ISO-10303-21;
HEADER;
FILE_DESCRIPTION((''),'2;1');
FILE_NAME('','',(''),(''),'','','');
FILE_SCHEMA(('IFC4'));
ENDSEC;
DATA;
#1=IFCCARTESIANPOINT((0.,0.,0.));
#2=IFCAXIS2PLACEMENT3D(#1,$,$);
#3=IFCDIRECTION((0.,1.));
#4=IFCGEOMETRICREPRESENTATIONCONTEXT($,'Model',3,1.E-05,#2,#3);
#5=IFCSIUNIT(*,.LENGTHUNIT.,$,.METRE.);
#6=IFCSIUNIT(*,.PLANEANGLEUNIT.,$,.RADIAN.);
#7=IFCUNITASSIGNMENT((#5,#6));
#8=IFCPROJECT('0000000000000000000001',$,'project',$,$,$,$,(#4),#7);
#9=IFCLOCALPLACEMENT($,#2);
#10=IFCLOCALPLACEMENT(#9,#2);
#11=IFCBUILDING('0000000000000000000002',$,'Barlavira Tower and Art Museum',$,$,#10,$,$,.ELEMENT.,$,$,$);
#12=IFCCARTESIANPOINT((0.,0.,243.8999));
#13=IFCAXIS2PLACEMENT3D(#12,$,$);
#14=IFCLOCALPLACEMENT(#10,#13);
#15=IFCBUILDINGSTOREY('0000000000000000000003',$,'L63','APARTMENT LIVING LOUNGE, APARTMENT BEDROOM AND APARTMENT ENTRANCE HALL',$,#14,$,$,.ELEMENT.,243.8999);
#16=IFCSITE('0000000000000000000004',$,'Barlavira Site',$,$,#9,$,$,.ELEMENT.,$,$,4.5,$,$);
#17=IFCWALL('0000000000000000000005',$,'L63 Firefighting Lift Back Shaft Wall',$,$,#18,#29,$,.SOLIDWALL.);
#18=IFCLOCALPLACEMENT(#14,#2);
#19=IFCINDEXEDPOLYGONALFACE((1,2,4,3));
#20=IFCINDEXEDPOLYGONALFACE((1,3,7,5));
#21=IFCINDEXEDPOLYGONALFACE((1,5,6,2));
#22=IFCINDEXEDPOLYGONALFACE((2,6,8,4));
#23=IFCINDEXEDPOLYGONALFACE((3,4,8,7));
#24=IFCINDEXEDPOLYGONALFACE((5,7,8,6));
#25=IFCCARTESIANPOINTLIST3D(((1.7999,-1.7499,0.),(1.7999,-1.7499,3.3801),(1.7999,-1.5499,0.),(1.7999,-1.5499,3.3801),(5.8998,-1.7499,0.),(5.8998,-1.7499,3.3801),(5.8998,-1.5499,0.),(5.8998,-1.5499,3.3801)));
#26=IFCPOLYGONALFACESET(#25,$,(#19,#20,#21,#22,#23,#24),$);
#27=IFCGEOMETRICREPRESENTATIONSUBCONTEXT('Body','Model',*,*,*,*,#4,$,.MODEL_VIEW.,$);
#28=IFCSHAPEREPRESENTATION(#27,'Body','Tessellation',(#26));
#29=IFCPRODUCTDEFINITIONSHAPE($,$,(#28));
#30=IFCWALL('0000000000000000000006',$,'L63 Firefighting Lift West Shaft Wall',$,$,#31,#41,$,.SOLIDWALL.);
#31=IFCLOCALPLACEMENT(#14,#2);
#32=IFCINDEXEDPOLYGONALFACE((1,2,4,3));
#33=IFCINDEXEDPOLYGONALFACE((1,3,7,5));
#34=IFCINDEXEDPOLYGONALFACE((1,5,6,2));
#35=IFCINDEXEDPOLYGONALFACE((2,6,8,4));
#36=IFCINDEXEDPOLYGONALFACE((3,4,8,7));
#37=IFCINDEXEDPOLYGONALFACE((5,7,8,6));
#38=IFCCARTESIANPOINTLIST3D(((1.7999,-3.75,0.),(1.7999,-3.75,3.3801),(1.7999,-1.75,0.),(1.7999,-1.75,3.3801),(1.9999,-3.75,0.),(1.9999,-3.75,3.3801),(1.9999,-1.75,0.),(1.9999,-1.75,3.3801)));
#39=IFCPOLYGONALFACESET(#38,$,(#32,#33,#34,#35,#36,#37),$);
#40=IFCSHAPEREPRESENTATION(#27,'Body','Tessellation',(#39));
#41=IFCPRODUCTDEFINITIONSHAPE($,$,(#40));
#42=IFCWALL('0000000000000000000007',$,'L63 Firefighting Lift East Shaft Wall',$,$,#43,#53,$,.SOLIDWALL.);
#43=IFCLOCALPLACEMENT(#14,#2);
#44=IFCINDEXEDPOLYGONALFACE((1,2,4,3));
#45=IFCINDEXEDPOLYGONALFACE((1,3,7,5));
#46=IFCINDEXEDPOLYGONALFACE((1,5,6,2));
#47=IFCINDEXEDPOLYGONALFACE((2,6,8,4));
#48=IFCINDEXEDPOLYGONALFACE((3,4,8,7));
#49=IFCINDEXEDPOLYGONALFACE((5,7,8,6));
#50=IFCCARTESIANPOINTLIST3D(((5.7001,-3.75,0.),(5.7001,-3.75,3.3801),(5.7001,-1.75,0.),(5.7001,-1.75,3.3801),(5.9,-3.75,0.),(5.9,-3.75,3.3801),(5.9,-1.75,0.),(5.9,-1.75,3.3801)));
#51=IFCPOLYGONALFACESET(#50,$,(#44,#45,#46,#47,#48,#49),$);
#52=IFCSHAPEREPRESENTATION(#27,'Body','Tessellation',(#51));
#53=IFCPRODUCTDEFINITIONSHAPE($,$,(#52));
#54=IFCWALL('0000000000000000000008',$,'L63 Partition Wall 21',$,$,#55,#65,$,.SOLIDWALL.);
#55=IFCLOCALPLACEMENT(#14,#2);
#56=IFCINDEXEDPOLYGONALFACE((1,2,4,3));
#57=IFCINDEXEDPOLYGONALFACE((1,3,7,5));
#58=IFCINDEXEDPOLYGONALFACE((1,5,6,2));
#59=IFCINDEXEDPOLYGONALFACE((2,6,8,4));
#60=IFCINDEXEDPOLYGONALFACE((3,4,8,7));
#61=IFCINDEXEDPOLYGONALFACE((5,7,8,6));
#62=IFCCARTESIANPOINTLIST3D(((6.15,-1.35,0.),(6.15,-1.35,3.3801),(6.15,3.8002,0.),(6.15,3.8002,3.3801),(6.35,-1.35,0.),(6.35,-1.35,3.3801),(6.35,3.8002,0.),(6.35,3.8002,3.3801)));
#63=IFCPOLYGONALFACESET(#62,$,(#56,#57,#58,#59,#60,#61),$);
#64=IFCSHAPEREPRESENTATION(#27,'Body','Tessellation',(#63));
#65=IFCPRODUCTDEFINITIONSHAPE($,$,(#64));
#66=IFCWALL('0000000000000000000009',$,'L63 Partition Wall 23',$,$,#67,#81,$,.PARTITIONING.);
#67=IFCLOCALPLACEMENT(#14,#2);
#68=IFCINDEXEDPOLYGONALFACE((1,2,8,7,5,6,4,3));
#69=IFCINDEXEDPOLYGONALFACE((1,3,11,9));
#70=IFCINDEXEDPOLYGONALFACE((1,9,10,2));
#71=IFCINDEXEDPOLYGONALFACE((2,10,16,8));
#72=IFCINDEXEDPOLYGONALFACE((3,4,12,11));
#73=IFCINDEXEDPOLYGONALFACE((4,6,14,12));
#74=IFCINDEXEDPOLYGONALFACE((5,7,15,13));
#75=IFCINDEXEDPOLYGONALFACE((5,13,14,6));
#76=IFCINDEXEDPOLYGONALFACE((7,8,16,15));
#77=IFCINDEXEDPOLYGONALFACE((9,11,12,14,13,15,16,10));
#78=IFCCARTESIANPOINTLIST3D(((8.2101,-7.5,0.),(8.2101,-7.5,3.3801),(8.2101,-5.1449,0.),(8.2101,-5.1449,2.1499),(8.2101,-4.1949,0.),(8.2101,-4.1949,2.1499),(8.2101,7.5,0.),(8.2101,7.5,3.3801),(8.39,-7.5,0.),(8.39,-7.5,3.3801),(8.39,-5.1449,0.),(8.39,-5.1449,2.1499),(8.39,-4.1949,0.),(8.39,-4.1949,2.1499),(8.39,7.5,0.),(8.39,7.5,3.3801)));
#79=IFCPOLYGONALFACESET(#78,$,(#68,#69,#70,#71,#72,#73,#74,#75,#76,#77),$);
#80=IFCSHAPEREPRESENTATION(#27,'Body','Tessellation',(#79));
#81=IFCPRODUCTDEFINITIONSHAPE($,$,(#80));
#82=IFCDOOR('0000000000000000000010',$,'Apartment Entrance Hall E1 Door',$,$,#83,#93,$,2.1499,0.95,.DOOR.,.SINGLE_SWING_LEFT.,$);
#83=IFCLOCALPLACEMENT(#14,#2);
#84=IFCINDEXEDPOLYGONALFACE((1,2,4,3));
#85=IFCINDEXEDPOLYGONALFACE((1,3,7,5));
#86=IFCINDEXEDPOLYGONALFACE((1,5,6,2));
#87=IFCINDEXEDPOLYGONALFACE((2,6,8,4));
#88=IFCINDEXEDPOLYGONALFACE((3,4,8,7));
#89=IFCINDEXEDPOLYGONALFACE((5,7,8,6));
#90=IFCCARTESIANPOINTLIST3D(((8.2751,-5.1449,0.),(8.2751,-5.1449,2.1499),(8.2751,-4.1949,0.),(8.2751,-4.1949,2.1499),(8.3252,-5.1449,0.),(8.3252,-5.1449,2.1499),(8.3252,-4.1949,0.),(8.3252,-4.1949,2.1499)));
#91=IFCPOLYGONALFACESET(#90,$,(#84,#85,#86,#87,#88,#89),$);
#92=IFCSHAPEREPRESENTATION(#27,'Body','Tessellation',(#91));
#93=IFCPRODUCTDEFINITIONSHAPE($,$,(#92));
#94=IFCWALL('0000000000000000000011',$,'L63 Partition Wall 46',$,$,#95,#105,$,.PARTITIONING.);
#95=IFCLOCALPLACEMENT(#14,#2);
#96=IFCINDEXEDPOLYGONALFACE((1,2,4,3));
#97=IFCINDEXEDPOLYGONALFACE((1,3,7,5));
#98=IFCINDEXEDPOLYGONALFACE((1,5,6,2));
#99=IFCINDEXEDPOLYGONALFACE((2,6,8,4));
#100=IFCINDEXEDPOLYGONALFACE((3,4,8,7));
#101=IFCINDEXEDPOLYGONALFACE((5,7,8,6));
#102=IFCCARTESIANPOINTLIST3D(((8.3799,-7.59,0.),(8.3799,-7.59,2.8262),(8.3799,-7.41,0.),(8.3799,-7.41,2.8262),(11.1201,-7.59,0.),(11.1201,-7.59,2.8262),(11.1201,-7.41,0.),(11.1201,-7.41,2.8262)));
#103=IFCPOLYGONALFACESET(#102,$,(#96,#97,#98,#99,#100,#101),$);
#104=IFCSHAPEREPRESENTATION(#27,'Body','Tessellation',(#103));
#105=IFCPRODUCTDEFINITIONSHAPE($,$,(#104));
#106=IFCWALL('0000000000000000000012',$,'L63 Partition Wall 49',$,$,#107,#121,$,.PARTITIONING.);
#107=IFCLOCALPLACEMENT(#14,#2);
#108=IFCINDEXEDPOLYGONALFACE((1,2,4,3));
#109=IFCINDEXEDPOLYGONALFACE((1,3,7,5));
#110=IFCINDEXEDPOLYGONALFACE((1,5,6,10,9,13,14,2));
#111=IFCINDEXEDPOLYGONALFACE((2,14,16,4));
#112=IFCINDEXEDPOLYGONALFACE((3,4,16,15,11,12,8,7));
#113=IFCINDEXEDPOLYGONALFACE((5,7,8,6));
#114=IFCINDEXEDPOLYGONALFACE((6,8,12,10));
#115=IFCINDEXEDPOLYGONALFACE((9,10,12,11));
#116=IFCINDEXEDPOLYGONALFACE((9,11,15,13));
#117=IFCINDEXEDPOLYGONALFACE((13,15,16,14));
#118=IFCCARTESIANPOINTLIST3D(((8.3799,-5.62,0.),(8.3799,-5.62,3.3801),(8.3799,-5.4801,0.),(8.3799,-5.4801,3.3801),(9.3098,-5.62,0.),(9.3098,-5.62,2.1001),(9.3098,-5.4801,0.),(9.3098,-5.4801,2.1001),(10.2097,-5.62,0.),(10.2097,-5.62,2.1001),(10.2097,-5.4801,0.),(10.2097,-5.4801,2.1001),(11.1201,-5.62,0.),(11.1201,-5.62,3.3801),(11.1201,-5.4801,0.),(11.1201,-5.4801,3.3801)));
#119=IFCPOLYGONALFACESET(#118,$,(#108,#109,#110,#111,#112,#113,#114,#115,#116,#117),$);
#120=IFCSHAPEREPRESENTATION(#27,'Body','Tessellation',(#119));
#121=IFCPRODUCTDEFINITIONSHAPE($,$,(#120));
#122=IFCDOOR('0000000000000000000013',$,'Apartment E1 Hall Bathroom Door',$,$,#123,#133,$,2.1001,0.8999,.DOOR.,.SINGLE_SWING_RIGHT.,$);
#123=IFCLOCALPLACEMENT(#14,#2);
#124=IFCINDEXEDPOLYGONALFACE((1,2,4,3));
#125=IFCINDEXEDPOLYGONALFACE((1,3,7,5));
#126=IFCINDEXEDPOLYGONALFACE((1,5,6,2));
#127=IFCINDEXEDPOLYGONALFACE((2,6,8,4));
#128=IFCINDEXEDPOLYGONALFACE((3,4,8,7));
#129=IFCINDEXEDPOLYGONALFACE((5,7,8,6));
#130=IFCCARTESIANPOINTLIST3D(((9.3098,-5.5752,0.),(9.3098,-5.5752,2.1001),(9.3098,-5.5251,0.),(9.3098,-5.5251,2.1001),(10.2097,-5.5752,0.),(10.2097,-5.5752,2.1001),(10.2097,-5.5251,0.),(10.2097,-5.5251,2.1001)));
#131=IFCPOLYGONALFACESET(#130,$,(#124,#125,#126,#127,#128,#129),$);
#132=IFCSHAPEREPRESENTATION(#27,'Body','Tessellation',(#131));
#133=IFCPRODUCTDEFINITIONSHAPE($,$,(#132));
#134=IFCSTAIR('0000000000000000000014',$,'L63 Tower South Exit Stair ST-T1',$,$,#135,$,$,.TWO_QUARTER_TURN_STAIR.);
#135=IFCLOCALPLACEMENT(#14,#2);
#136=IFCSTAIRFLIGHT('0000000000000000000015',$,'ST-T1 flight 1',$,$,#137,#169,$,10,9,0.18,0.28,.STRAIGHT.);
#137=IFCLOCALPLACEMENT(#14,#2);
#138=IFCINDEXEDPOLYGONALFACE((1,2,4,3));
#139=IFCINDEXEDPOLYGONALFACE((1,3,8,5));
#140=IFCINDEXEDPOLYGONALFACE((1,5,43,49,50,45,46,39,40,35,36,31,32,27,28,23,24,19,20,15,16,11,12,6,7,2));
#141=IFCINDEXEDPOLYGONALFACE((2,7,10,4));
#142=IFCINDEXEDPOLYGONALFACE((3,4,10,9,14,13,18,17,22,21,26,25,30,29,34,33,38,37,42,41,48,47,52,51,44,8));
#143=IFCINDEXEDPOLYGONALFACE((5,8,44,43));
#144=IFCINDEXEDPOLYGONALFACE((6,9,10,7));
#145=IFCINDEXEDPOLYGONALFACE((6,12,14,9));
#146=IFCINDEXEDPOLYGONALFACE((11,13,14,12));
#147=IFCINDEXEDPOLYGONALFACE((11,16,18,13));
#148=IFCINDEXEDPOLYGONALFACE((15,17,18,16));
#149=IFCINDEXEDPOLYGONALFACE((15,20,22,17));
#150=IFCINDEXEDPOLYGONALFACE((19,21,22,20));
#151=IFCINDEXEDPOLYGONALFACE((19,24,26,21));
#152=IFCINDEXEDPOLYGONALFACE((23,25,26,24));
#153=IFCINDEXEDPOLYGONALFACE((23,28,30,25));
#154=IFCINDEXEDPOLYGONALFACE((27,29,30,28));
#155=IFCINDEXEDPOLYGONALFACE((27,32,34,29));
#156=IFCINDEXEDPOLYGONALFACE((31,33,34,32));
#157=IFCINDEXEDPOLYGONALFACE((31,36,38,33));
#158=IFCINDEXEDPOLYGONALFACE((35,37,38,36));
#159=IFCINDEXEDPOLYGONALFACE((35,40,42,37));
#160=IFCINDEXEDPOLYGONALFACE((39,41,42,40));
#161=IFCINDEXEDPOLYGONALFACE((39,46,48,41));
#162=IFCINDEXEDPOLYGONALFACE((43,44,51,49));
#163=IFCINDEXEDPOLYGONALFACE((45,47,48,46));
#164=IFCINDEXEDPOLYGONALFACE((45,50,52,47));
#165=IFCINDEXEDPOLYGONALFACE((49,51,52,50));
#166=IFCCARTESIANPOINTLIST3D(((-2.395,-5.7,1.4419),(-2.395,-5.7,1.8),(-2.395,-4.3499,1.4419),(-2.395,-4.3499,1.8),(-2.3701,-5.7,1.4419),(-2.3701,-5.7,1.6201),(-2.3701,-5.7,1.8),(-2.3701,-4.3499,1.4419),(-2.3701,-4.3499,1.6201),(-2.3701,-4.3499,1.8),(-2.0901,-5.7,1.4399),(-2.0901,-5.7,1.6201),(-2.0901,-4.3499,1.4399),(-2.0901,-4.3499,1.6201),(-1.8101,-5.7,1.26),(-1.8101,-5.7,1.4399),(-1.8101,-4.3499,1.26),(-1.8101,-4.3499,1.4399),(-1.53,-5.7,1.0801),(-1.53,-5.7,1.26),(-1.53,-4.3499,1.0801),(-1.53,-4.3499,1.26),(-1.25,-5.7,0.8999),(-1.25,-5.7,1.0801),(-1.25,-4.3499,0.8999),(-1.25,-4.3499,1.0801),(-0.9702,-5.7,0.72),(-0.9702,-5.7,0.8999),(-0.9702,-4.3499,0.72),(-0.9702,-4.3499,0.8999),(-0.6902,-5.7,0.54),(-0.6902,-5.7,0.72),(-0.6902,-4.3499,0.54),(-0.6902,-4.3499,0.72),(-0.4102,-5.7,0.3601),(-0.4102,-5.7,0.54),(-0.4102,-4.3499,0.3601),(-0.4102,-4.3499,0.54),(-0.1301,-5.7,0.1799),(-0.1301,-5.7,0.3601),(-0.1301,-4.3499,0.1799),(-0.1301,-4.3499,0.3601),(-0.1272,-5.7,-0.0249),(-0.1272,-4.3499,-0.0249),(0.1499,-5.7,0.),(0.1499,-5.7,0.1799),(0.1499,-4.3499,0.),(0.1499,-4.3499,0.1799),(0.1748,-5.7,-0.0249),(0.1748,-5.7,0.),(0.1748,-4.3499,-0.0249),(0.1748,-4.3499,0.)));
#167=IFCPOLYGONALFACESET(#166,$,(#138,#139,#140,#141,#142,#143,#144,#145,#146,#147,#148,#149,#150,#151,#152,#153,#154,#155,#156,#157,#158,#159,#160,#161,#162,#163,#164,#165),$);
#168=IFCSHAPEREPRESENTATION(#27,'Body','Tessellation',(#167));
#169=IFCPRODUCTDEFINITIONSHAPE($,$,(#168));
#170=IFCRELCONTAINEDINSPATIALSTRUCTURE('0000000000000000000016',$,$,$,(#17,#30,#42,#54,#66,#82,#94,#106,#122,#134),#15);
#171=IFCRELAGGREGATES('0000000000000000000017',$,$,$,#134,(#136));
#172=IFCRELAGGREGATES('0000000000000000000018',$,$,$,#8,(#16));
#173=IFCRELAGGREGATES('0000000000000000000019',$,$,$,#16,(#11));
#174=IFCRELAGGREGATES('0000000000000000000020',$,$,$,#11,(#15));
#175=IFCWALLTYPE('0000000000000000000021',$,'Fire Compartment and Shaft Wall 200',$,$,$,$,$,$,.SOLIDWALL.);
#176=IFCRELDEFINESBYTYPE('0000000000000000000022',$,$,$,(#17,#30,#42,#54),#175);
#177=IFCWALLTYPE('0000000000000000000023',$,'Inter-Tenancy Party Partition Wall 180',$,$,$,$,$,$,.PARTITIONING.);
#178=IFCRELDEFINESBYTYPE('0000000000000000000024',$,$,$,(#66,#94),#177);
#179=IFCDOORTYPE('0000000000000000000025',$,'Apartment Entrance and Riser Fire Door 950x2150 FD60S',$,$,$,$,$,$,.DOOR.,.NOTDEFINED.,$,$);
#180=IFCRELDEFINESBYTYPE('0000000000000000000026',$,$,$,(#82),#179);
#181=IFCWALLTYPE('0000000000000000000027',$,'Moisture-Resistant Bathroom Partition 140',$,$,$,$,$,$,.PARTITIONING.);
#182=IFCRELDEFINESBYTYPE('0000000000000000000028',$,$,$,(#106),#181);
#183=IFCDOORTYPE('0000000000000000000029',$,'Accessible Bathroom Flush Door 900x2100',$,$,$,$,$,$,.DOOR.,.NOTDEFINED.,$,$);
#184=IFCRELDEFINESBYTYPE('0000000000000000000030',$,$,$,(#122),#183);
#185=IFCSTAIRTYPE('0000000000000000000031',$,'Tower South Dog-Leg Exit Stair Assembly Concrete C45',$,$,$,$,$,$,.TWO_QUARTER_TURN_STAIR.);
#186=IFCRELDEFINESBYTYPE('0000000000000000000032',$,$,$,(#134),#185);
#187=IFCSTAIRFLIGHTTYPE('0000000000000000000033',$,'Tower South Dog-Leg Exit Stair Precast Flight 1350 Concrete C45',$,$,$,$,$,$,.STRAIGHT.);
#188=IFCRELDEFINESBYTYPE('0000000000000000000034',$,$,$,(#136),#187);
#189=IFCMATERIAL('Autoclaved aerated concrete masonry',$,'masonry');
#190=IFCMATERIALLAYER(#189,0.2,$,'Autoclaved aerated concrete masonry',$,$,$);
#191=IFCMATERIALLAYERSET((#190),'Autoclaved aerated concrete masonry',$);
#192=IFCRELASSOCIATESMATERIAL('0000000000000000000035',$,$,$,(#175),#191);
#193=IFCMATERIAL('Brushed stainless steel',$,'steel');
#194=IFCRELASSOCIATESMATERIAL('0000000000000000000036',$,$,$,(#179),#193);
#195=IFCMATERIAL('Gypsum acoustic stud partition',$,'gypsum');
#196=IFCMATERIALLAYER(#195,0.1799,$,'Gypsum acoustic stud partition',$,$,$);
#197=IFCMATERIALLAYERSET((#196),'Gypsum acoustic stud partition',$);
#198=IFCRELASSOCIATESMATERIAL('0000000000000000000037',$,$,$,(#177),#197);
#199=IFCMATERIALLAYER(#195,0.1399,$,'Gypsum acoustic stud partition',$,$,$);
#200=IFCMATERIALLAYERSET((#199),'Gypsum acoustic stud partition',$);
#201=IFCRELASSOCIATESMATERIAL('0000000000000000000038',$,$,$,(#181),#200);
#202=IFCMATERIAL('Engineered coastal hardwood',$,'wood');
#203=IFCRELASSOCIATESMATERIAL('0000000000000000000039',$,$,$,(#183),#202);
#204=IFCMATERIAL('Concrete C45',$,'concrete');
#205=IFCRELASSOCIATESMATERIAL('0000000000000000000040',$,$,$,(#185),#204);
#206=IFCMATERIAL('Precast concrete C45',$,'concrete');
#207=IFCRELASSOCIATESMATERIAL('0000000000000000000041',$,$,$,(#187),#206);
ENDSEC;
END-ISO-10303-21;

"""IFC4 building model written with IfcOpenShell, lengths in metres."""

from ifc_helpers import new_model, si_unit, direction, frame, frame_2d, origin, place, context, subcontext, project, spatial, polyline, rectangle, outline, extrude, material, layer, layer_set, type_object, element, fill, aggregate, save


model = new_model("IFC4")

# Units and contexts
model_context = context("Model", 3, precision=1e-05, world=origin(), true_north=direction((0.0, 1.0)))
body_context = subcontext(model_context, "Body", "Model", "MODEL_VIEW")
ifc_project = project(units=[si_unit("LENGTHUNIT", "METRE"), si_unit("PLANEANGLEUNIT", "RADIAN")], contexts=[model_context])

# Site, building, storey
site_placement = place(None, origin())
site = spatial("IfcSite", under=ifc_project, at=site_placement, Name="Barlavira Site", CompositionType="ELEMENT", RefElevation=4.5)
building_placement = place(site_placement, origin())
building = spatial("IfcBuilding", under=site, at=building_placement, Name="Barlavira Tower and Art Museum", CompositionType="ELEMENT")
storey_placement = place(building_placement, frame((0.0, 0.0, 243.8999)))
storey = spatial("IfcBuildingStorey", under=building, at=storey_placement, Name="L63", Description="APARTMENT LIVING LOUNGE, APARTMENT BEDROOM AND APARTMENT ENTRANCE HALL", CompositionType="ELEMENT", Elevation=243.8999)

# Shared definitions
ifc_material_1 = material(Name="Brushed stainless steel", Category="steel")

# Shared definitions
ifc_material_2 = material(Name="Autoclaved aerated concrete masonry", Category="masonry")
ifc_layer_1 = layer(ifc_material_2, 0.2, Name="Autoclaved aerated concrete masonry")
ifc_layer_set_1 = layer_set([ifc_layer_1], Name="Autoclaved aerated concrete masonry")
wall_type_1 = type_object("IfcWallType", Name="Fire Compartment and Shaft Wall 200", PredefinedType="SOLIDWALL", material=ifc_layer_set_1)

# Walls
wall_1_placement = place(storey_placement, frame((1.8, -1.6499, 0.0), z_axis=(0.0, 0.0, 1.0), x_axis=(1.0, 0.0, 0.0)))
element("IfcWall", 1, at=wall_1_placement, inside=storey, type_object=wall_type_1, Name="L63 Firefighting Lift Back Shaft Wall", PredefinedType="SOLIDWALL", context=body_context, shape_type="SweptSolid", body=[
    extrude(rectangle(XDim=4.0999, YDim=0.2, at=frame_2d((2.0498, 0.0))), origin(), (0.0, 0.0, 1.0), 3.3801),
])
for number, where, z_axis, x_axis, name in (
    (2, (1.8999, -3.75, 0.0), (0.0, 0.0, 1.0), (0.0, 1.0, 0.0), "L63 Firefighting Lift West Shaft Wall"),
    (3, (5.8, -3.75, 0.0), (0.0, 0.0, 1.0), (0.0, 1.0, 0.0), "L63 Firefighting Lift East Shaft Wall"),
):
    element("IfcWall", number, at=place(storey_placement, frame(where, z_axis=z_axis, x_axis=x_axis)), inside=storey, type_object=wall_type_1, Name=name, PredefinedType="SOLIDWALL", context=body_context, shape_type="SweptSolid", body=[
        extrude(rectangle(XDim=2.0, YDim=0.2, at=frame_2d((1.0, 0.0))), origin(), (0.0, 0.0, 1.0), 3.3801),
    ])

# Shared definitions
door_type_1 = type_object("IfcDoorType", Name="Apartment Entrance and Riser Fire Door 950x2150 FD60S", OperationType="NOTDEFINED", PredefinedType="DOOR", material=ifc_material_1)

# Wall
wall_2_placement = place(storey_placement, frame((6.25, -1.3501, 0.0), z_axis=(0.0, 0.0, 1.0), x_axis=(0.0, 1.0, 0.0)))
element("IfcWall", 4, at=wall_2_placement, inside=storey, type_object=wall_type_1, Name="L63 Partition Wall 21", PredefinedType="SOLIDWALL", context=body_context, shape_type="SweptSolid", body=[
    extrude(rectangle(XDim=5.1501, YDim=0.2, at=frame_2d((2.5752, 0.0))), origin(), (0.0, 0.0, 1.0), 3.3801),
])

# Wall, opening, door
ifc_material_3 = material(Name="Gypsum acoustic stud partition", Category="gypsum")
ifc_layer_2 = layer(ifc_material_3, 0.1799, Name="Gypsum acoustic stud partition")
ifc_layer_set_2 = layer_set([ifc_layer_2], Name="Gypsum acoustic stud partition")
wall_type_2 = type_object("IfcWallType", Name="Inter-Tenancy Party Partition Wall 180", PredefinedType="PARTITIONING", material=ifc_layer_set_2)
wall_3_placement = place(storey_placement, frame((8.3, -7.5, 0.0), z_axis=(0.0, 0.0, 1.0), x_axis=(0.0, 1.0, 0.0)))
wall_3 = element("IfcWall", 5, at=wall_3_placement, inside=storey, type_object=wall_type_2, Name="L63 Partition Wall 23", PredefinedType="PARTITIONING", context=body_context, shape_type="SweptSolid", body=[
    extrude(rectangle(XDim=15.0, YDim=0.1799, at=frame_2d((7.5, 0.0))), origin(), (0.0, 0.0, 1.0), 3.3801),
])
opening_1_placement = place(wall_3_placement, frame((2.355, 0.0, 0.0)))
opening_1 = element("IfcOpeningElement", 6, at=opening_1_placement, cuts=wall_3, PredefinedType="OPENING", context=body_context, shape_type="SweptSolid", body=[
    extrude(rectangle(XDim=0.95, YDim=2.1499, at=frame_2d((0.4751, 1.075))), frame((0.0, 0.1001, 0.0), z_axis=(0.0, -1.0, 0.0), x_axis=(1.0, 0.0, 0.0)), (0.0, 0.0, 1.0), 0.2),
])
door_1_placement = place(opening_1_placement, origin())
door_1 = element("IfcDoor", 7, at=door_1_placement, inside=storey, type_object=door_type_1, Name="Apartment Entrance Hall E1 Door", OperationType="SINGLE_SWING_LEFT", OverallHeight=2.1499, OverallWidth=0.95, PredefinedType="DOOR", context=body_context, shape_type="SweptSolid", body=[
    extrude(rectangle(XDim=0.95, YDim=2.1499, at=frame_2d((0.4751, 1.075))), frame((0.0, 0.0249, 0.0), z_axis=(0.0, -1.0, 0.0), x_axis=(1.0, 0.0, 0.0)), (0.0, 0.0, 1.0), 0.05),
])
fill(opening_1, door_1)

# Wall
wall_4_placement = place(storey_placement, frame((8.3799, -7.5, 0.0), z_axis=(0.0, 0.0, 1.0), x_axis=(1.0, 0.0, 0.0)))
element("IfcWall", 8, at=wall_4_placement, inside=storey, type_object=wall_type_2, Name="L63 Partition Wall 46", PredefinedType="PARTITIONING", context=body_context, shape_type="SweptSolid", body=[
    extrude(rectangle(XDim=2.7402, YDim=0.1799, at=frame_2d((1.3701, 0.0))), origin(), (0.0, 0.0, 1.0), 2.8262),
])

# Wall, opening, door
ifc_layer_3 = layer(ifc_material_3, 0.1399, Name="Gypsum acoustic stud partition")
ifc_layer_set_3 = layer_set([ifc_layer_3], Name="Gypsum acoustic stud partition")
wall_type_3 = type_object("IfcWallType", Name="Moisture-Resistant Bathroom Partition 140", PredefinedType="PARTITIONING", material=ifc_layer_set_3)
wall_5_placement = place(storey_placement, frame((8.3799, -5.55, 0.0), z_axis=(0.0, 0.0, 1.0), x_axis=(1.0, 0.0, 0.0)))
wall_5 = element("IfcWall", 9, at=wall_5_placement, inside=storey, type_object=wall_type_3, Name="L63 Partition Wall 49", PredefinedType="PARTITIONING", context=body_context, shape_type="SweptSolid", body=[
    extrude(rectangle(XDim=2.7402, YDim=0.1399, at=frame_2d((1.3701, 0.0))), origin(), (0.0, 0.0, 1.0), 3.3801),
])
opening_2_placement = place(wall_5_placement, frame((0.9299, 0.0, 0.0)))
opening_2 = element("IfcOpeningElement", 10, at=opening_2_placement, cuts=wall_5, PredefinedType="OPENING", context=body_context, shape_type="SweptSolid", body=[
    extrude(rectangle(XDim=0.8999, YDim=2.1001, at=frame_2d((0.45, 1.05))), frame((0.0, 0.0801, 0.0), z_axis=(0.0, -1.0, 0.0), x_axis=(1.0, 0.0, 0.0)), (0.0, 0.0, 1.0), 0.1599),
])
ifc_material_4 = material(Name="Engineered coastal hardwood", Category="wood")
door_type_2 = type_object("IfcDoorType", Name="Accessible Bathroom Flush Door 900x2100", OperationType="NOTDEFINED", PredefinedType="DOOR", material=ifc_material_4)
door_2_placement = place(opening_2_placement, origin())
door_2 = element("IfcDoor", 11, at=door_2_placement, inside=storey, type_object=door_type_2, Name="Apartment E1 Hall Bathroom Door", OperationType="SINGLE_SWING_RIGHT", OverallHeight=2.1001, OverallWidth=0.8999, PredefinedType="DOOR", context=body_context, shape_type="SweptSolid", body=[
    extrude(rectangle(XDim=0.8999, YDim=2.1001, at=frame_2d((0.45, 1.05))), frame((0.0, 0.0249, 0.0), z_axis=(0.0, -1.0, 0.0), x_axis=(1.0, 0.0, 0.0)), (0.0, 0.0, 1.0), 0.05),
])
fill(opening_2, door_2)

# Stair, stair flight
ifc_material_5 = material(Name="Concrete C45", Category="concrete")
stair_type = type_object("IfcStairType", Name="Tower South Dog-Leg Exit Stair Assembly Concrete C45", PredefinedType="TWO_QUARTER_TURN_STAIR", material=ifc_material_5)
stair_placement = place(storey_placement, origin())
stair = element("IfcStair", 12, at=stair_placement, inside=storey, type_object=stair_type, Name="L63 Tower South Exit Stair ST-T1", PredefinedType="TWO_QUARTER_TURN_STAIR")
ifc_material_6 = material(Name="Precast concrete C45", Category="concrete")
stair_flight_type = type_object("IfcStairFlightType", Name="Tower South Dog-Leg Exit Stair Precast Flight 1350 Concrete C45", PredefinedType="STRAIGHT", material=ifc_material_6)
stair_flight_placement = place(storey_placement, frame((0.1499, -5.0249, 0.0), z_axis=(0.0, 0.0, 1.0), x_axis=(-1.0, 0.0, 0.0)))
stair_flight = element("IfcStairFlight", 13, at=stair_flight_placement, type_object=stair_flight_type, Name="ST-T1 flight 1", NumberOfRisers=10, NumberOfTreads=9, PredefinedType="STRAIGHT", RiserHeight=0.18, TreadLength=0.28, context=body_context, shape_type="SweptSolid", body=[
    extrude(outline(polyline([(-0.0249, 0.0), (0.0, 0.0), (0.0, 0.1799), (0.28, 0.1799), (0.28, 0.3601), (0.5601, 0.3601), (0.5601, 0.54), (0.8401, 0.54), (0.8401, 0.72), (1.1201, 0.72), (1.1201, 0.8999), (1.3999, 0.8999), (1.3999, 1.0801), (1.6799, 1.0801), (1.6799, 1.26), (1.96, 1.26), (1.96, 1.4399), (2.24, 1.4399), (2.24, 1.6201), (2.52, 1.6201), (2.52, 1.8), (2.5449, 1.8), (2.5449, 1.4419), (2.52, 1.4419), (0.2771, -0.0249), (-0.0249, -0.0249), (-0.0249, 0.0)])), frame((0.0, 0.675, 0.0), z_axis=(0.0, -1.0, 0.0), x_axis=(1.0, 0.0, 0.0)), (0.0, 0.0, 1.0), 1.3501),
])
aggregate(stair, [stair_flight])

save(model, "model.ifc")
